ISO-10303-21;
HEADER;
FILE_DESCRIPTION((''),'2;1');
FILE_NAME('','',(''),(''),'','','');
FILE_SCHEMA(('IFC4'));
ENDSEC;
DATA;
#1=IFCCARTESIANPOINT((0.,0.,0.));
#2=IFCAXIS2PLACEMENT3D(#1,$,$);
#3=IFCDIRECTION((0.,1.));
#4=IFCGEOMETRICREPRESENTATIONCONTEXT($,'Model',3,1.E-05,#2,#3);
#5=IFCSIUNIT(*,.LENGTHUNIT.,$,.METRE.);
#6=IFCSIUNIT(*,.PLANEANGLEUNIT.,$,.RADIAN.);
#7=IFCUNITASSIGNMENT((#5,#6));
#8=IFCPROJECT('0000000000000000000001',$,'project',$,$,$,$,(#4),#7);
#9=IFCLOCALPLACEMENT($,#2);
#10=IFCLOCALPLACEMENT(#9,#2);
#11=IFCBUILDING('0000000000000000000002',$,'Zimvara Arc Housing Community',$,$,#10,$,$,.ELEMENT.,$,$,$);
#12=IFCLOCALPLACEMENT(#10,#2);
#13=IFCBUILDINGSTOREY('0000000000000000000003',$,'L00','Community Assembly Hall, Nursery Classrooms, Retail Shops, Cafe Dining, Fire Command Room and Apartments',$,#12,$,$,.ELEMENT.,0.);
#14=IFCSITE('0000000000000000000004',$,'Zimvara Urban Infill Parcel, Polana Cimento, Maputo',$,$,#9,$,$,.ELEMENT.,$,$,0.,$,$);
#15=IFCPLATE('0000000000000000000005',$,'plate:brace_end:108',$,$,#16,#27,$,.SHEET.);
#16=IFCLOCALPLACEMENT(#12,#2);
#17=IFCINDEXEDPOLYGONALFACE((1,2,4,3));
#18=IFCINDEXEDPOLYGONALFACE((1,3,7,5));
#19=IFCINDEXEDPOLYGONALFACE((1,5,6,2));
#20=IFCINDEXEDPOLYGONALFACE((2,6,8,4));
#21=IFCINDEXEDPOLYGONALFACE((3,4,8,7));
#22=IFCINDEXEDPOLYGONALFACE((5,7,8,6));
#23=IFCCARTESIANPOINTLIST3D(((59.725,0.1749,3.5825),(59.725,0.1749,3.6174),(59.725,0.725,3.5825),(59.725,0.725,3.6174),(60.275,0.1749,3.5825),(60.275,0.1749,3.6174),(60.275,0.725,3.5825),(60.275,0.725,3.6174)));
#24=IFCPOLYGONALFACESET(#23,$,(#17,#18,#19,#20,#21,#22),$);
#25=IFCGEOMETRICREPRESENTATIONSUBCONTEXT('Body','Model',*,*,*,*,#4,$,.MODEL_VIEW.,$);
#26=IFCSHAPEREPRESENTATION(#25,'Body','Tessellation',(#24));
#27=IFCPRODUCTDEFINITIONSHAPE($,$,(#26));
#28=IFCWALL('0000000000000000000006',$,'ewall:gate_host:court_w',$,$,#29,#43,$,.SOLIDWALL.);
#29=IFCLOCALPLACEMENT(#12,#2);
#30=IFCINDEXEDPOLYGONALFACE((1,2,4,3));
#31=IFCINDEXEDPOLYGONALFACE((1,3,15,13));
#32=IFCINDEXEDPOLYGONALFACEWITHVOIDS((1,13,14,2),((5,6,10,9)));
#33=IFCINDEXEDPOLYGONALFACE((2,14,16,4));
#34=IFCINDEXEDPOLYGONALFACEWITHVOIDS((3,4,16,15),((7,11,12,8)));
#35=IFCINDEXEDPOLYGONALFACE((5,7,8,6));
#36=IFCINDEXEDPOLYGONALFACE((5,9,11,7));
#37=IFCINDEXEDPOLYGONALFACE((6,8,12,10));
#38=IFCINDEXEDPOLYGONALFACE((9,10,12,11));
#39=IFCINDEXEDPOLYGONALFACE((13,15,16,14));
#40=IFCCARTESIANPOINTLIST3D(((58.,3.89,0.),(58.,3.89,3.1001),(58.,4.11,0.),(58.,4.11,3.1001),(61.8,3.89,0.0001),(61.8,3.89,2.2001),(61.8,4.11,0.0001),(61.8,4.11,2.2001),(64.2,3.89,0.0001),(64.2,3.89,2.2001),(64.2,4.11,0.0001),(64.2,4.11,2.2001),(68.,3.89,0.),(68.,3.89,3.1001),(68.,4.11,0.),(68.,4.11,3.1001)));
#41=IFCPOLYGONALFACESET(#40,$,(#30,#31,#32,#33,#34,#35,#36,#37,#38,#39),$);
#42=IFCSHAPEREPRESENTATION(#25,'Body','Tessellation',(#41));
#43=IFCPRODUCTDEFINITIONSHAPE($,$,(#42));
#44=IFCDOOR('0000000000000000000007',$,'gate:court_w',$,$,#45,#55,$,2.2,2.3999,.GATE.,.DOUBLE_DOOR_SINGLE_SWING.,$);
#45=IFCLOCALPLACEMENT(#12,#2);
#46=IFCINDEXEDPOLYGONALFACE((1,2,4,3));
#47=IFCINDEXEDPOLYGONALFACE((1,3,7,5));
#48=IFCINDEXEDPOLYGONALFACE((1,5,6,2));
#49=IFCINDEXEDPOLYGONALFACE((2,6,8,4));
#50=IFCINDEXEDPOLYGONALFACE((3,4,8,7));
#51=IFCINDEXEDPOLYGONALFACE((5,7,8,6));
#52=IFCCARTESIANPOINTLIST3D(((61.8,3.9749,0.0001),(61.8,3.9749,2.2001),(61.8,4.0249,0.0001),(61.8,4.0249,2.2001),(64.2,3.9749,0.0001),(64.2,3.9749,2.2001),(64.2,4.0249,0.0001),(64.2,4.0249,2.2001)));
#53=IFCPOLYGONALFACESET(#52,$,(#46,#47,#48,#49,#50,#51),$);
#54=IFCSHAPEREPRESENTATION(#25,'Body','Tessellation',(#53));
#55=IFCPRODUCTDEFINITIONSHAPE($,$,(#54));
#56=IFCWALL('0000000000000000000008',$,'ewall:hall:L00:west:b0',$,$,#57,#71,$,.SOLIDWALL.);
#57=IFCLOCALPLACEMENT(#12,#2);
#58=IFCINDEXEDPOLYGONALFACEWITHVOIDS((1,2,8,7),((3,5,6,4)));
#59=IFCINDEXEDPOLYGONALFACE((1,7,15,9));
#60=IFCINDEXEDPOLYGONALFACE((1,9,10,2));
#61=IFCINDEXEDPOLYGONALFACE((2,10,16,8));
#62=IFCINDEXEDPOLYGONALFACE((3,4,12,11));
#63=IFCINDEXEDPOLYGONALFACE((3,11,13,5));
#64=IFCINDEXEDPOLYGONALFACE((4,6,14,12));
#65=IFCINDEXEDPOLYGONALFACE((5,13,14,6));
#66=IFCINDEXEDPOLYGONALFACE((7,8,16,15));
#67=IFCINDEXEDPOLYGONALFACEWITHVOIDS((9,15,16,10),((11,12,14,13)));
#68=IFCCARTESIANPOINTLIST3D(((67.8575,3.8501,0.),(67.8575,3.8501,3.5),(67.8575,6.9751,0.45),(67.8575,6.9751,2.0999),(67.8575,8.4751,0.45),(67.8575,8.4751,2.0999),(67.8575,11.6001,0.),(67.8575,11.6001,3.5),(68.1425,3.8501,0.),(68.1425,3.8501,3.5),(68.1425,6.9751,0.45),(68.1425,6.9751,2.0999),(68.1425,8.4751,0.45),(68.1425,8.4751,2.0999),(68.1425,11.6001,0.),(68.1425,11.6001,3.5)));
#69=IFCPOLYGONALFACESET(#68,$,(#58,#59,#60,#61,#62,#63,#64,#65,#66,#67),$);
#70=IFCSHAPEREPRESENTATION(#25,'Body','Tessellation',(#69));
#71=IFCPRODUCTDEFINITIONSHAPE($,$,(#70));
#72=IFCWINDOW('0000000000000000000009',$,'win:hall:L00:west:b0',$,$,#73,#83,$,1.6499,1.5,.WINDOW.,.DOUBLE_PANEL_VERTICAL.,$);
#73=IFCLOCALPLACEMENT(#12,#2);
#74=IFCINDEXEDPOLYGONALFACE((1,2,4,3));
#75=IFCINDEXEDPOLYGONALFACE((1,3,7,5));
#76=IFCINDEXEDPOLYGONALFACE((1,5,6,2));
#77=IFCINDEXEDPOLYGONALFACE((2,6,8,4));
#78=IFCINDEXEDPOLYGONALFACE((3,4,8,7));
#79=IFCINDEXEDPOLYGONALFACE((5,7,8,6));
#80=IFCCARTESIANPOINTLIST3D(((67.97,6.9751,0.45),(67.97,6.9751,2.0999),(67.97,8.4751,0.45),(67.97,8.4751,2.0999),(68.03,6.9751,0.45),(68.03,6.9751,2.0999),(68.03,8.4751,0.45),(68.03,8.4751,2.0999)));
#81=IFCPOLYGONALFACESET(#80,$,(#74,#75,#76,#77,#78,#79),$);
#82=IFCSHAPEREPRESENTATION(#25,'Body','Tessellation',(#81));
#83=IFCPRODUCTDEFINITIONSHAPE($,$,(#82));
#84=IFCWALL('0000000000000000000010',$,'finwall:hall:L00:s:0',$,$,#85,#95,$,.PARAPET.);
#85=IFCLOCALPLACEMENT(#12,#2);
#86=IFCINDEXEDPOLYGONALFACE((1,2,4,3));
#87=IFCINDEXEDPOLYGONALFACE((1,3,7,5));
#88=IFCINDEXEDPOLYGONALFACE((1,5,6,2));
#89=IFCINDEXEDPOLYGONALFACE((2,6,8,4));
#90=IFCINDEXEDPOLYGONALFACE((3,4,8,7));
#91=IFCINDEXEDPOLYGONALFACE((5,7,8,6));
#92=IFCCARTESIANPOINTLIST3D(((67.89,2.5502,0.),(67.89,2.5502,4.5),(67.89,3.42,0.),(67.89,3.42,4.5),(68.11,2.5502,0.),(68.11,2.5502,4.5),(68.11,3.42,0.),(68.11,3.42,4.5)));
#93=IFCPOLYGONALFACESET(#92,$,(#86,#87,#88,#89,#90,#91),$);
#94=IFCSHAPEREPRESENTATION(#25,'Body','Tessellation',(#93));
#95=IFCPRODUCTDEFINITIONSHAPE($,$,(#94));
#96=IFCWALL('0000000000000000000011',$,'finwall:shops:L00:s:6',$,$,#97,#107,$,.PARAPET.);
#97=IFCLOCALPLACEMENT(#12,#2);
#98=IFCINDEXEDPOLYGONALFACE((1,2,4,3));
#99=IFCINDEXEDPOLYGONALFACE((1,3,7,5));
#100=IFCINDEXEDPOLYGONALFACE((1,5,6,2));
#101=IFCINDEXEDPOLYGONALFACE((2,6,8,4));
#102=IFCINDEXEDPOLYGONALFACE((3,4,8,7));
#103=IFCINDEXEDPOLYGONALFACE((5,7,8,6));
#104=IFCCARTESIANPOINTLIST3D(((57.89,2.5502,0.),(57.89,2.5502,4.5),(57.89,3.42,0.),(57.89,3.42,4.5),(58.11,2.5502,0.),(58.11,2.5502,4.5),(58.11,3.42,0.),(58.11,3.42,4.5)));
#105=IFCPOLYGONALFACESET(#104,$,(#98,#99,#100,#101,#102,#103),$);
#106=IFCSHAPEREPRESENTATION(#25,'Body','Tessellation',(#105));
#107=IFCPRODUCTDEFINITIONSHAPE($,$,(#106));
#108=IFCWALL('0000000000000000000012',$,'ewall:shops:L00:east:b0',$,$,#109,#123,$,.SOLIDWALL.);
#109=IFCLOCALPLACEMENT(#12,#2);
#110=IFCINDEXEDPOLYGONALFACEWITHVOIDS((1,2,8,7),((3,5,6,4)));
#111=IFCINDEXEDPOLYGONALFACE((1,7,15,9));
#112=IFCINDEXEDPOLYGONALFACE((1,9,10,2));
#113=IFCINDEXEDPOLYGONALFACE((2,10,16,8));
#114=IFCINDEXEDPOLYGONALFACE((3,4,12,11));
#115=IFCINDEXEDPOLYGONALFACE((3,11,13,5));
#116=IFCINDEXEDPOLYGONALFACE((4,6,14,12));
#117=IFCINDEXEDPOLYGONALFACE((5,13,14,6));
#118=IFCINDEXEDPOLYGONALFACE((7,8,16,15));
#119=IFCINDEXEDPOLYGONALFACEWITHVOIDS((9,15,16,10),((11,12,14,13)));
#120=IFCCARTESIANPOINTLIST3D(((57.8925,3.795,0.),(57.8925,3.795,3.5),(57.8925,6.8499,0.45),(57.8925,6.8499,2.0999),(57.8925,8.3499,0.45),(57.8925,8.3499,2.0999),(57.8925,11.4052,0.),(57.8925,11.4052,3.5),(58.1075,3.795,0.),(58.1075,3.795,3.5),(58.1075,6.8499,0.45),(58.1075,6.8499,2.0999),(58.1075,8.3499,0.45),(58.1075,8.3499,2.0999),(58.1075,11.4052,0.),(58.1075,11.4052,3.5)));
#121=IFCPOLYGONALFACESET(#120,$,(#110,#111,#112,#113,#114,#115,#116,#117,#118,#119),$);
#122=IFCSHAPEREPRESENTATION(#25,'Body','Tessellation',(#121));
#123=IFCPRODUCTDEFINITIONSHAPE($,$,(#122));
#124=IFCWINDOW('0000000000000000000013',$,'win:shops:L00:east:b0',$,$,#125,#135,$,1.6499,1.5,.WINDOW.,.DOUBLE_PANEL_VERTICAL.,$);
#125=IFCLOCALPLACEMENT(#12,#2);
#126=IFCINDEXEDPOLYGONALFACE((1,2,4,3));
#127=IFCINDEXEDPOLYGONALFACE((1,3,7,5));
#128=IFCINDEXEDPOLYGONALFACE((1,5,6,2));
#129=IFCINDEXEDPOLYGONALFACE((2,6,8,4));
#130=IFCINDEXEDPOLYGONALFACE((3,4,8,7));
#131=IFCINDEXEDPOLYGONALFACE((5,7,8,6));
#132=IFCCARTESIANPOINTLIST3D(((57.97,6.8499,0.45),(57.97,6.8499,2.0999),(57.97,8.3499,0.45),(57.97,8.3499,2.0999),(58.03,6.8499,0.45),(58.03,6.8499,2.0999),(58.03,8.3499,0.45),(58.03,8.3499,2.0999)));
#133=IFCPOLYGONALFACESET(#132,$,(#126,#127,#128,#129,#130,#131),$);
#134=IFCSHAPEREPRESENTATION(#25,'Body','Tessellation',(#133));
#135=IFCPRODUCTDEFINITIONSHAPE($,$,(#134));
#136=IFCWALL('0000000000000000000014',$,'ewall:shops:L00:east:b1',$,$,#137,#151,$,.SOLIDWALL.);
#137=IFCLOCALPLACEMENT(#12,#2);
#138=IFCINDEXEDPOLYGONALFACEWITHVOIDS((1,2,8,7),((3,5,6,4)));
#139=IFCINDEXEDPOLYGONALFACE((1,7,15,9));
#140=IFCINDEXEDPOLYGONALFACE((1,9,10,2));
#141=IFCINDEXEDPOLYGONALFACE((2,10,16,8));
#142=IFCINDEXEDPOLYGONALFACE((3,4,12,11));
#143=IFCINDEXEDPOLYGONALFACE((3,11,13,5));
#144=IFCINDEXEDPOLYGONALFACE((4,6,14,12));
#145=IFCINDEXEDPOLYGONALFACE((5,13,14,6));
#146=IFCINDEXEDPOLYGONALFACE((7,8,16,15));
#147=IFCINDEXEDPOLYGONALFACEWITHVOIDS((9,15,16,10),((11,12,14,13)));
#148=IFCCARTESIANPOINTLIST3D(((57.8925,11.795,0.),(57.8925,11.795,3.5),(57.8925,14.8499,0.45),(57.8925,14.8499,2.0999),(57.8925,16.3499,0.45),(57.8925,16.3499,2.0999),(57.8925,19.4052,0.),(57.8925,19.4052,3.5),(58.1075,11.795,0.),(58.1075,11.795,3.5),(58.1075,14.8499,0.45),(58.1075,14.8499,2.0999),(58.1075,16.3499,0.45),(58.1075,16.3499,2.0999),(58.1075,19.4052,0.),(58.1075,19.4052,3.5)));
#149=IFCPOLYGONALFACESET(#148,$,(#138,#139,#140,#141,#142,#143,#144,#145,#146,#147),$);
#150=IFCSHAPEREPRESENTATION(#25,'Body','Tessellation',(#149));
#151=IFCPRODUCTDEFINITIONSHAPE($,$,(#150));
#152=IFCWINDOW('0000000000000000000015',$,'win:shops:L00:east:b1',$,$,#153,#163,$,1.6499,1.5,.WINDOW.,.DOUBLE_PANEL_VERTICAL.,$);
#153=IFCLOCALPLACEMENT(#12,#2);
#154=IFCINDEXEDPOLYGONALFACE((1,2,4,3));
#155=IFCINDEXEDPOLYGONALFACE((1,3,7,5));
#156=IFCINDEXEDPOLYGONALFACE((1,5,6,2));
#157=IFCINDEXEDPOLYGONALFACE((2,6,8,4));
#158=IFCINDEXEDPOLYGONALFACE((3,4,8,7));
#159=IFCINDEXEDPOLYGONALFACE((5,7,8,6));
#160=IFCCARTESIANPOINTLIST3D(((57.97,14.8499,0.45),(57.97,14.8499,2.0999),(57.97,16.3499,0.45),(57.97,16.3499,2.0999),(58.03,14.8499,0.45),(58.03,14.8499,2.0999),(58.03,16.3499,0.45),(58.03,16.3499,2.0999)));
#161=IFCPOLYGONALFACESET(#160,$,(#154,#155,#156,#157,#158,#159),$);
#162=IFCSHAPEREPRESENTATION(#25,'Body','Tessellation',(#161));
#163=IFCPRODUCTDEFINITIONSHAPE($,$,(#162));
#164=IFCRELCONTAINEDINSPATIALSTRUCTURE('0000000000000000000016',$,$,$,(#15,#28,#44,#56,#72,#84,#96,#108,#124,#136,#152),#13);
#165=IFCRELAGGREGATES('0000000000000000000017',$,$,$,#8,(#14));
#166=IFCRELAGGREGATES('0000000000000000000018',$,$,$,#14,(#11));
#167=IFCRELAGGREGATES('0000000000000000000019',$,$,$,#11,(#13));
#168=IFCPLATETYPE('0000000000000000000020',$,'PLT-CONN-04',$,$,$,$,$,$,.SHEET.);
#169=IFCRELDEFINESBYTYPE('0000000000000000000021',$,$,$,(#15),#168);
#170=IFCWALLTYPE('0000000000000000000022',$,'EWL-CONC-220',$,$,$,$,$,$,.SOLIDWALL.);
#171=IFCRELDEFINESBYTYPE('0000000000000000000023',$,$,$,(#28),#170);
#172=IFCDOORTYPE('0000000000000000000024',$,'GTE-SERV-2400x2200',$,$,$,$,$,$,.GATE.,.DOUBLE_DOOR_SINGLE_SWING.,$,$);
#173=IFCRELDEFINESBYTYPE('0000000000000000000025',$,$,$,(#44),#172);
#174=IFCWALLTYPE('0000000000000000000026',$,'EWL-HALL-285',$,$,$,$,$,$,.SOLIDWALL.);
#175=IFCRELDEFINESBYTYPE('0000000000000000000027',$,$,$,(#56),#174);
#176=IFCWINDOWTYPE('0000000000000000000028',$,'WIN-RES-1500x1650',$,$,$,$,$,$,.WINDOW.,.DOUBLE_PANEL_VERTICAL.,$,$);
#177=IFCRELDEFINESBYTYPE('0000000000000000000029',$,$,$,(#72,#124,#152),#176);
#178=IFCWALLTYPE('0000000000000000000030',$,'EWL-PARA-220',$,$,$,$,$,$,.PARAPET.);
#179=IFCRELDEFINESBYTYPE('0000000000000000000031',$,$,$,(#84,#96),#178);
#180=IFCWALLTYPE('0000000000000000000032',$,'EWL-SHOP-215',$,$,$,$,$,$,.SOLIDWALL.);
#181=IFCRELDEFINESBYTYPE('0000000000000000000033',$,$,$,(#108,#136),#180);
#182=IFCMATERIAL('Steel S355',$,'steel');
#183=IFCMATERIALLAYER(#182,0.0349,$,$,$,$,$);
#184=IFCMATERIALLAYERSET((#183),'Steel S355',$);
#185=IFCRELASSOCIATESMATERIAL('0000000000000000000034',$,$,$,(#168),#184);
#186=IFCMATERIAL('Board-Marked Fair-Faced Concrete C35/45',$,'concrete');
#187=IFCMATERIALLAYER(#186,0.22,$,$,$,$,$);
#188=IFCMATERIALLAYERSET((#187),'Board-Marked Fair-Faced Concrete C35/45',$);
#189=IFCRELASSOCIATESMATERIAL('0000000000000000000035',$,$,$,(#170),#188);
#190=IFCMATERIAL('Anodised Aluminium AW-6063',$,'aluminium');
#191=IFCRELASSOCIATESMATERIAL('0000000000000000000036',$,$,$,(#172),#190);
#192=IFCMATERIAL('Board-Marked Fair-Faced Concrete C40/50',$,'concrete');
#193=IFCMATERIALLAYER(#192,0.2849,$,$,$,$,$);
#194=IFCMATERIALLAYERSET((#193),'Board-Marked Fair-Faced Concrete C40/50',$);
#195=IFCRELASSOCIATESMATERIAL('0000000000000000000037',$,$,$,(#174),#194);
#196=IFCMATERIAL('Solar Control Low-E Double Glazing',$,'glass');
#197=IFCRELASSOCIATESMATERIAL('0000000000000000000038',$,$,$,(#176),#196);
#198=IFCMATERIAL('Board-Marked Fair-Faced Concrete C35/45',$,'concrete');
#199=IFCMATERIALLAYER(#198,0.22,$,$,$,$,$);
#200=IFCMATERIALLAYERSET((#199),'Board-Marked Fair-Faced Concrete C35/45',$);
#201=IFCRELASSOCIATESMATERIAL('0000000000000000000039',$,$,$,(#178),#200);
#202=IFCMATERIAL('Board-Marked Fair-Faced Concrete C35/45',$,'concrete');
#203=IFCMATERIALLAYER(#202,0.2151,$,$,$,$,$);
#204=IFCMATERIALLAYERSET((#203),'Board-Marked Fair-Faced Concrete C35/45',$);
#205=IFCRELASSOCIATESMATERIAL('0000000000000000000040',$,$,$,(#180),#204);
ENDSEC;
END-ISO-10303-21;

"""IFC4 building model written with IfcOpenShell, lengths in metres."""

from ifc_helpers import new_model, si_unit, direction, frame, frame_2d, origin, origin_2d, place, context, subcontext, project, spatial, rectangle, extrude, material, layer, layer_set, type_object, element, fill, save


model = new_model("IFC4")

# Units and contexts
model_context = context("Model", 3, precision=1e-05, world=origin(), true_north=direction((0.0, 1.0)))
body_context = subcontext(model_context, "Body", "Model", "MODEL_VIEW")
ifc_project = project(units=[si_unit("LENGTHUNIT", "METRE"), si_unit("PLANEANGLEUNIT", "RADIAN")], contexts=[model_context])

# Site, building, storey
site_placement = place(None, origin())
site = spatial("IfcSite", under=ifc_project, at=site_placement, Name="Zimvara Urban Infill Parcel, Polana Cimento, Maputo", CompositionType="ELEMENT", RefElevation=0.0)
building_placement = place(site_placement, origin())
building = spatial("IfcBuilding", under=site, at=building_placement, Name="Zimvara Arc Housing Community", CompositionType="ELEMENT")
storey_placement = place(building_placement, origin())
storey = spatial("IfcBuildingStorey", under=building, at=storey_placement, Name="L00", Description="Community Assembly Hall, Nursery Classrooms, Retail Shops, Cafe Dining, Fire Command Room and Apartments", CompositionType="ELEMENT", Elevation=0.0)

# Plate
ifc_material_1 = material(Name="Steel S355", Category="steel")
ifc_layer_1 = layer(ifc_material_1, 0.0349)
ifc_layer_set_1 = layer_set([ifc_layer_1], Name="Steel S355")
plate_type_1 = type_object("IfcPlateType", Name="PLT-CONN-04", PredefinedType="SHEET", material=ifc_layer_set_1)
plate_1_placement = place(storey_placement, frame((60.0, 0.45, 3.5825), z_axis=(0.0, 0.0, 1.0), x_axis=(1.0, 0.0, 0.0)))
element("IfcPlate", 1, at=plate_1_placement, inside=storey, type_object=plate_type_1, Name="plate:brace_end:108", PredefinedType="SHEET", context=body_context, shape_type="SweptSolid", body=[
    extrude(rectangle(XDim=0.55, YDim=0.55, at=origin_2d()), origin(), (0.0, 0.0, 1.0), 0.0349),
])

# Wall, opening, door
ifc_material_2 = material(Name="Board-Marked Fair-Faced Concrete C35/45", Category="concrete")
ifc_layer_2 = layer(ifc_material_2, 0.22)
ifc_layer_set_2 = layer_set([ifc_layer_2], Name="Board-Marked Fair-Faced Concrete C35/45")
wall_type_1 = type_object("IfcWallType", Name="EWL-CONC-220", PredefinedType="SOLIDWALL", material=ifc_layer_set_2)
wall_1_placement = place(storey_placement, frame((58.0, 4.0, 0.0), z_axis=(0.0, 0.0, 1.0), x_axis=(1.0, 0.0, 0.0)))
wall_1 = element("IfcWall", 2, at=wall_1_placement, inside=storey, type_object=wall_type_1, Name="ewall:gate_host:court_w", PredefinedType="SOLIDWALL", context=body_context, shape_type="SweptSolid", body=[
    extrude(rectangle(XDim=10.0, YDim=0.22, at=frame_2d((5.0, 0.0))), origin(), (0.0, 0.0, 1.0), 3.1001),
])
opening_1_placement = place(wall_1_placement, frame((3.8, 0.0, 0.0)))
opening_1 = element("IfcOpeningElement", 3, at=opening_1_placement, cuts=wall_1, PredefinedType="OPENING", context=body_context, shape_type="SweptSolid", body=[
    extrude(rectangle(XDim=2.3999, YDim=2.2, at=frame_2d((1.2, 1.1001))), frame((0.0, 0.1199, 0.0), z_axis=(0.0, -1.0, 0.0), x_axis=(1.0, 0.0, 0.0)), (0.0, 0.0, 1.0), 0.24),
])
ifc_material_3 = material(Name="Anodised Aluminium AW-6063", Category="aluminium")
door_type = type_object("IfcDoorType", Name="GTE-SERV-2400x2200", OperationType="DOUBLE_DOOR_SINGLE_SWING", PredefinedType="GATE", material=ifc_material_3)
door_placement = place(opening_1_placement, origin())
door = element("IfcDoor", 4, at=door_placement, inside=storey, type_object=door_type, Name="gate:court_w", OperationType="DOUBLE_DOOR_SINGLE_SWING", OverallHeight=2.2, OverallWidth=2.3999, PredefinedType="GATE", context=body_context, shape_type="SweptSolid", body=[
    extrude(rectangle(XDim=2.3999, YDim=2.2, at=frame_2d((1.2, 1.1001))), frame((0.0, 0.0249, 0.0), z_axis=(0.0, -1.0, 0.0), x_axis=(1.0, 0.0, 0.0)), (0.0, 0.0, 1.0), 0.05),
])
fill(opening_1, door)

# Wall, opening, window
ifc_material_4 = material(Name="Board-Marked Fair-Faced Concrete C40/50", Category="concrete")
ifc_layer_3 = layer(ifc_material_4, 0.2849)
ifc_layer_set_3 = layer_set([ifc_layer_3], Name="Board-Marked Fair-Faced Concrete C40/50")
wall_type_2 = type_object("IfcWallType", Name="EWL-HALL-285", PredefinedType="SOLIDWALL", material=ifc_layer_set_3)
wall_2_placement = place(storey_placement, frame((68.0, 3.8501, 0.0), z_axis=(0.0, 0.0, 1.0), x_axis=(0.0, 1.0, 0.0)))
wall_2 = element("IfcWall", 5, at=wall_2_placement, inside=storey, type_object=wall_type_2, Name="ewall:hall:L00:west:b0", PredefinedType="SOLIDWALL", context=body_context, shape_type="SweptSolid", body=[
    extrude(rectangle(XDim=7.75, YDim=0.2849, at=frame_2d((3.875, 0.0))), origin(), (0.0, 0.0, 1.0), 3.5),
])
opening_2_placement = place(wall_2_placement, frame((3.125, 0.0, 0.45)))
opening_2 = element("IfcOpeningElement", 6, at=opening_2_placement, cuts=wall_2, PredefinedType="OPENING", context=body_context, shape_type="SweptSolid", body=[
    extrude(rectangle(XDim=1.5, YDim=1.6499, at=frame_2d((0.75, 0.825))), frame((0.0, 0.1523, 0.0), z_axis=(0.0, -1.0, 0.0), x_axis=(1.0, 0.0, 0.0)), (0.0, 0.0, 1.0), 0.3049),
])
ifc_material_5 = material(Name="Solar Control Low-E Double Glazing", Category="glass")
window_type = type_object("IfcWindowType", Name="WIN-RES-1500x1650", PartitioningType="DOUBLE_PANEL_VERTICAL", PredefinedType="WINDOW", material=ifc_material_5)
window_1_placement = place(opening_2_placement, origin())
window_1 = element("IfcWindow", 7, at=window_1_placement, inside=storey, type_object=window_type, Name="win:hall:L00:west:b0", OverallHeight=1.6499, OverallWidth=1.5, PartitioningType="DOUBLE_PANEL_VERTICAL", PredefinedType="WINDOW", context=body_context, shape_type="SweptSolid", body=[
    extrude(rectangle(XDim=1.5, YDim=1.6499, at=frame_2d((0.75, 0.825))), frame((0.0, 0.03, 0.0), z_axis=(0.0, -1.0, 0.0), x_axis=(1.0, 0.0, 0.0)), (0.0, 0.0, 1.0), 0.0601),
])
fill(opening_2, window_1)

# Walls
ifc_material_6 = material(Name="Board-Marked Fair-Faced Concrete C35/45", Category="concrete")
ifc_layer_4 = layer(ifc_material_6, 0.22)
ifc_layer_set_4 = layer_set([ifc_layer_4], Name="Board-Marked Fair-Faced Concrete C35/45")
wall_type_3 = type_object("IfcWallType", Name="EWL-PARA-220", PredefinedType="PARAPET", material=ifc_layer_set_4)
for number, where, z_axis, x_axis, name in (
    (8, (68.0, 2.55, 0.0), (0.0, 0.0, 1.0), (0.0, 1.0, 0.0), "finwall:hall:L00:s:0"),
    (9, (58.0, 2.55, 0.0), (0.0, 0.0, 1.0), (0.0, 1.0, 0.0), "finwall:shops:L00:s:6"),
):
    element("IfcWall", number, at=place(storey_placement, frame(where, z_axis=z_axis, x_axis=x_axis)), inside=storey, type_object=wall_type_3, Name=name, PredefinedType="PARAPET", context=body_context, shape_type="SweptSolid", body=[
        extrude(rectangle(XDim=0.8699, YDim=0.22, at=frame_2d((0.4351, 0.0))), origin(), (0.0, 0.0, 1.0), 4.5),
    ])

# Walls, openings, windows
ifc_material_7 = material(Name="Board-Marked Fair-Faced Concrete C35/45", Category="concrete")
ifc_layer_5 = layer(ifc_material_7, 0.2151)
ifc_layer_set_5 = layer_set([ifc_layer_5], Name="Board-Marked Fair-Faced Concrete C35/45")
wall_type_4 = type_object("IfcWallType", Name="EWL-SHOP-215", PredefinedType="SOLIDWALL", material=ifc_layer_set_5)
wall_3_placement = place(storey_placement, frame((58.0, 3.7949, 0.0), z_axis=(0.0, 0.0, 1.0), x_axis=(0.0, 1.0, 0.0)))
wall_3 = element("IfcWall", 10, at=wall_3_placement, inside=storey, type_object=wall_type_4, Name="ewall:shops:L00:east:b0", PredefinedType="SOLIDWALL", context=body_context, shape_type="SweptSolid", body=[
    extrude(rectangle(XDim=7.6101, YDim=0.2151, at=frame_2d((3.8052, 0.0))), origin(), (0.0, 0.0, 1.0), 3.5),
])
opening_3_placement = place(wall_3_placement, frame((3.0549, 0.0, 0.45)))
opening_3 = element("IfcOpeningElement", 11, at=opening_3_placement, cuts=wall_3, PredefinedType="OPENING", context=body_context, shape_type="SweptSolid", body=[
    extrude(rectangle(XDim=1.5, YDim=1.6499, at=frame_2d((0.75, 0.825))), frame((0.0, 0.1174, 0.0), z_axis=(0.0, -1.0, 0.0), x_axis=(1.0, 0.0, 0.0)), (0.0, 0.0, 1.0), 0.2351),
])
window_2_placement = place(opening_3_placement, origin())
window_2 = element("IfcWindow", 12, at=window_2_placement, inside=storey, type_object=window_type, Name="win:shops:L00:east:b0", OverallHeight=1.6499, OverallWidth=1.5, PartitioningType="DOUBLE_PANEL_VERTICAL", PredefinedType="WINDOW", context=body_context, shape_type="SweptSolid", body=[
    extrude(rectangle(XDim=1.5, YDim=1.6499, at=frame_2d((0.75, 0.825))), frame((0.0, 0.03, 0.0), z_axis=(0.0, -1.0, 0.0), x_axis=(1.0, 0.0, 0.0)), (0.0, 0.0, 1.0), 0.0601),
])
fill(opening_3, window_2)
wall_4_placement = place(storey_placement, frame((58.0, 11.7949, 0.0), z_axis=(0.0, 0.0, 1.0), x_axis=(0.0, 1.0, 0.0)))
wall_4 = element("IfcWall", 13, at=wall_4_placement, inside=storey, type_object=wall_type_4, Name="ewall:shops:L00:east:b1", PredefinedType="SOLIDWALL", context=body_context, shape_type="SweptSolid", body=[
    extrude(rectangle(XDim=7.6101, YDim=0.2151, at=frame_2d((3.8052, 0.0))), origin(), (0.0, 0.0, 1.0), 3.5),
])
opening_4_placement = place(wall_4_placement, frame((3.0549, 0.0, 0.45)))
opening_4 = element("IfcOpeningElement", 14, at=opening_4_placement, cuts=wall_4, PredefinedType="OPENING", context=body_context, shape_type="SweptSolid", body=[
    extrude(rectangle(XDim=1.5, YDim=1.6499, at=frame_2d((0.75, 0.825))), frame((0.0, 0.1174, 0.0), z_axis=(0.0, -1.0, 0.0), x_axis=(1.0, 0.0, 0.0)), (0.0, 0.0, 1.0), 0.2351),
])
window_3_placement = place(opening_4_placement, origin())
window_3 = element("IfcWindow", 15, at=window_3_placement, inside=storey, type_object=window_type, Name="win:shops:L00:east:b1", OverallHeight=1.6499, OverallWidth=1.5, PartitioningType="DOUBLE_PANEL_VERTICAL", PredefinedType="WINDOW", context=body_context, shape_type="SweptSolid", body=[
    extrude(rectangle(XDim=1.5, YDim=1.6499, at=frame_2d((0.75, 0.825))), frame((0.0, 0.03, 0.0), z_axis=(0.0, -1.0, 0.0), x_axis=(1.0, 0.0, 0.0)), (0.0, 0.0, 1.0), 0.0601),
])
fill(opening_4, window_3)

save(model, "model.ifc")
